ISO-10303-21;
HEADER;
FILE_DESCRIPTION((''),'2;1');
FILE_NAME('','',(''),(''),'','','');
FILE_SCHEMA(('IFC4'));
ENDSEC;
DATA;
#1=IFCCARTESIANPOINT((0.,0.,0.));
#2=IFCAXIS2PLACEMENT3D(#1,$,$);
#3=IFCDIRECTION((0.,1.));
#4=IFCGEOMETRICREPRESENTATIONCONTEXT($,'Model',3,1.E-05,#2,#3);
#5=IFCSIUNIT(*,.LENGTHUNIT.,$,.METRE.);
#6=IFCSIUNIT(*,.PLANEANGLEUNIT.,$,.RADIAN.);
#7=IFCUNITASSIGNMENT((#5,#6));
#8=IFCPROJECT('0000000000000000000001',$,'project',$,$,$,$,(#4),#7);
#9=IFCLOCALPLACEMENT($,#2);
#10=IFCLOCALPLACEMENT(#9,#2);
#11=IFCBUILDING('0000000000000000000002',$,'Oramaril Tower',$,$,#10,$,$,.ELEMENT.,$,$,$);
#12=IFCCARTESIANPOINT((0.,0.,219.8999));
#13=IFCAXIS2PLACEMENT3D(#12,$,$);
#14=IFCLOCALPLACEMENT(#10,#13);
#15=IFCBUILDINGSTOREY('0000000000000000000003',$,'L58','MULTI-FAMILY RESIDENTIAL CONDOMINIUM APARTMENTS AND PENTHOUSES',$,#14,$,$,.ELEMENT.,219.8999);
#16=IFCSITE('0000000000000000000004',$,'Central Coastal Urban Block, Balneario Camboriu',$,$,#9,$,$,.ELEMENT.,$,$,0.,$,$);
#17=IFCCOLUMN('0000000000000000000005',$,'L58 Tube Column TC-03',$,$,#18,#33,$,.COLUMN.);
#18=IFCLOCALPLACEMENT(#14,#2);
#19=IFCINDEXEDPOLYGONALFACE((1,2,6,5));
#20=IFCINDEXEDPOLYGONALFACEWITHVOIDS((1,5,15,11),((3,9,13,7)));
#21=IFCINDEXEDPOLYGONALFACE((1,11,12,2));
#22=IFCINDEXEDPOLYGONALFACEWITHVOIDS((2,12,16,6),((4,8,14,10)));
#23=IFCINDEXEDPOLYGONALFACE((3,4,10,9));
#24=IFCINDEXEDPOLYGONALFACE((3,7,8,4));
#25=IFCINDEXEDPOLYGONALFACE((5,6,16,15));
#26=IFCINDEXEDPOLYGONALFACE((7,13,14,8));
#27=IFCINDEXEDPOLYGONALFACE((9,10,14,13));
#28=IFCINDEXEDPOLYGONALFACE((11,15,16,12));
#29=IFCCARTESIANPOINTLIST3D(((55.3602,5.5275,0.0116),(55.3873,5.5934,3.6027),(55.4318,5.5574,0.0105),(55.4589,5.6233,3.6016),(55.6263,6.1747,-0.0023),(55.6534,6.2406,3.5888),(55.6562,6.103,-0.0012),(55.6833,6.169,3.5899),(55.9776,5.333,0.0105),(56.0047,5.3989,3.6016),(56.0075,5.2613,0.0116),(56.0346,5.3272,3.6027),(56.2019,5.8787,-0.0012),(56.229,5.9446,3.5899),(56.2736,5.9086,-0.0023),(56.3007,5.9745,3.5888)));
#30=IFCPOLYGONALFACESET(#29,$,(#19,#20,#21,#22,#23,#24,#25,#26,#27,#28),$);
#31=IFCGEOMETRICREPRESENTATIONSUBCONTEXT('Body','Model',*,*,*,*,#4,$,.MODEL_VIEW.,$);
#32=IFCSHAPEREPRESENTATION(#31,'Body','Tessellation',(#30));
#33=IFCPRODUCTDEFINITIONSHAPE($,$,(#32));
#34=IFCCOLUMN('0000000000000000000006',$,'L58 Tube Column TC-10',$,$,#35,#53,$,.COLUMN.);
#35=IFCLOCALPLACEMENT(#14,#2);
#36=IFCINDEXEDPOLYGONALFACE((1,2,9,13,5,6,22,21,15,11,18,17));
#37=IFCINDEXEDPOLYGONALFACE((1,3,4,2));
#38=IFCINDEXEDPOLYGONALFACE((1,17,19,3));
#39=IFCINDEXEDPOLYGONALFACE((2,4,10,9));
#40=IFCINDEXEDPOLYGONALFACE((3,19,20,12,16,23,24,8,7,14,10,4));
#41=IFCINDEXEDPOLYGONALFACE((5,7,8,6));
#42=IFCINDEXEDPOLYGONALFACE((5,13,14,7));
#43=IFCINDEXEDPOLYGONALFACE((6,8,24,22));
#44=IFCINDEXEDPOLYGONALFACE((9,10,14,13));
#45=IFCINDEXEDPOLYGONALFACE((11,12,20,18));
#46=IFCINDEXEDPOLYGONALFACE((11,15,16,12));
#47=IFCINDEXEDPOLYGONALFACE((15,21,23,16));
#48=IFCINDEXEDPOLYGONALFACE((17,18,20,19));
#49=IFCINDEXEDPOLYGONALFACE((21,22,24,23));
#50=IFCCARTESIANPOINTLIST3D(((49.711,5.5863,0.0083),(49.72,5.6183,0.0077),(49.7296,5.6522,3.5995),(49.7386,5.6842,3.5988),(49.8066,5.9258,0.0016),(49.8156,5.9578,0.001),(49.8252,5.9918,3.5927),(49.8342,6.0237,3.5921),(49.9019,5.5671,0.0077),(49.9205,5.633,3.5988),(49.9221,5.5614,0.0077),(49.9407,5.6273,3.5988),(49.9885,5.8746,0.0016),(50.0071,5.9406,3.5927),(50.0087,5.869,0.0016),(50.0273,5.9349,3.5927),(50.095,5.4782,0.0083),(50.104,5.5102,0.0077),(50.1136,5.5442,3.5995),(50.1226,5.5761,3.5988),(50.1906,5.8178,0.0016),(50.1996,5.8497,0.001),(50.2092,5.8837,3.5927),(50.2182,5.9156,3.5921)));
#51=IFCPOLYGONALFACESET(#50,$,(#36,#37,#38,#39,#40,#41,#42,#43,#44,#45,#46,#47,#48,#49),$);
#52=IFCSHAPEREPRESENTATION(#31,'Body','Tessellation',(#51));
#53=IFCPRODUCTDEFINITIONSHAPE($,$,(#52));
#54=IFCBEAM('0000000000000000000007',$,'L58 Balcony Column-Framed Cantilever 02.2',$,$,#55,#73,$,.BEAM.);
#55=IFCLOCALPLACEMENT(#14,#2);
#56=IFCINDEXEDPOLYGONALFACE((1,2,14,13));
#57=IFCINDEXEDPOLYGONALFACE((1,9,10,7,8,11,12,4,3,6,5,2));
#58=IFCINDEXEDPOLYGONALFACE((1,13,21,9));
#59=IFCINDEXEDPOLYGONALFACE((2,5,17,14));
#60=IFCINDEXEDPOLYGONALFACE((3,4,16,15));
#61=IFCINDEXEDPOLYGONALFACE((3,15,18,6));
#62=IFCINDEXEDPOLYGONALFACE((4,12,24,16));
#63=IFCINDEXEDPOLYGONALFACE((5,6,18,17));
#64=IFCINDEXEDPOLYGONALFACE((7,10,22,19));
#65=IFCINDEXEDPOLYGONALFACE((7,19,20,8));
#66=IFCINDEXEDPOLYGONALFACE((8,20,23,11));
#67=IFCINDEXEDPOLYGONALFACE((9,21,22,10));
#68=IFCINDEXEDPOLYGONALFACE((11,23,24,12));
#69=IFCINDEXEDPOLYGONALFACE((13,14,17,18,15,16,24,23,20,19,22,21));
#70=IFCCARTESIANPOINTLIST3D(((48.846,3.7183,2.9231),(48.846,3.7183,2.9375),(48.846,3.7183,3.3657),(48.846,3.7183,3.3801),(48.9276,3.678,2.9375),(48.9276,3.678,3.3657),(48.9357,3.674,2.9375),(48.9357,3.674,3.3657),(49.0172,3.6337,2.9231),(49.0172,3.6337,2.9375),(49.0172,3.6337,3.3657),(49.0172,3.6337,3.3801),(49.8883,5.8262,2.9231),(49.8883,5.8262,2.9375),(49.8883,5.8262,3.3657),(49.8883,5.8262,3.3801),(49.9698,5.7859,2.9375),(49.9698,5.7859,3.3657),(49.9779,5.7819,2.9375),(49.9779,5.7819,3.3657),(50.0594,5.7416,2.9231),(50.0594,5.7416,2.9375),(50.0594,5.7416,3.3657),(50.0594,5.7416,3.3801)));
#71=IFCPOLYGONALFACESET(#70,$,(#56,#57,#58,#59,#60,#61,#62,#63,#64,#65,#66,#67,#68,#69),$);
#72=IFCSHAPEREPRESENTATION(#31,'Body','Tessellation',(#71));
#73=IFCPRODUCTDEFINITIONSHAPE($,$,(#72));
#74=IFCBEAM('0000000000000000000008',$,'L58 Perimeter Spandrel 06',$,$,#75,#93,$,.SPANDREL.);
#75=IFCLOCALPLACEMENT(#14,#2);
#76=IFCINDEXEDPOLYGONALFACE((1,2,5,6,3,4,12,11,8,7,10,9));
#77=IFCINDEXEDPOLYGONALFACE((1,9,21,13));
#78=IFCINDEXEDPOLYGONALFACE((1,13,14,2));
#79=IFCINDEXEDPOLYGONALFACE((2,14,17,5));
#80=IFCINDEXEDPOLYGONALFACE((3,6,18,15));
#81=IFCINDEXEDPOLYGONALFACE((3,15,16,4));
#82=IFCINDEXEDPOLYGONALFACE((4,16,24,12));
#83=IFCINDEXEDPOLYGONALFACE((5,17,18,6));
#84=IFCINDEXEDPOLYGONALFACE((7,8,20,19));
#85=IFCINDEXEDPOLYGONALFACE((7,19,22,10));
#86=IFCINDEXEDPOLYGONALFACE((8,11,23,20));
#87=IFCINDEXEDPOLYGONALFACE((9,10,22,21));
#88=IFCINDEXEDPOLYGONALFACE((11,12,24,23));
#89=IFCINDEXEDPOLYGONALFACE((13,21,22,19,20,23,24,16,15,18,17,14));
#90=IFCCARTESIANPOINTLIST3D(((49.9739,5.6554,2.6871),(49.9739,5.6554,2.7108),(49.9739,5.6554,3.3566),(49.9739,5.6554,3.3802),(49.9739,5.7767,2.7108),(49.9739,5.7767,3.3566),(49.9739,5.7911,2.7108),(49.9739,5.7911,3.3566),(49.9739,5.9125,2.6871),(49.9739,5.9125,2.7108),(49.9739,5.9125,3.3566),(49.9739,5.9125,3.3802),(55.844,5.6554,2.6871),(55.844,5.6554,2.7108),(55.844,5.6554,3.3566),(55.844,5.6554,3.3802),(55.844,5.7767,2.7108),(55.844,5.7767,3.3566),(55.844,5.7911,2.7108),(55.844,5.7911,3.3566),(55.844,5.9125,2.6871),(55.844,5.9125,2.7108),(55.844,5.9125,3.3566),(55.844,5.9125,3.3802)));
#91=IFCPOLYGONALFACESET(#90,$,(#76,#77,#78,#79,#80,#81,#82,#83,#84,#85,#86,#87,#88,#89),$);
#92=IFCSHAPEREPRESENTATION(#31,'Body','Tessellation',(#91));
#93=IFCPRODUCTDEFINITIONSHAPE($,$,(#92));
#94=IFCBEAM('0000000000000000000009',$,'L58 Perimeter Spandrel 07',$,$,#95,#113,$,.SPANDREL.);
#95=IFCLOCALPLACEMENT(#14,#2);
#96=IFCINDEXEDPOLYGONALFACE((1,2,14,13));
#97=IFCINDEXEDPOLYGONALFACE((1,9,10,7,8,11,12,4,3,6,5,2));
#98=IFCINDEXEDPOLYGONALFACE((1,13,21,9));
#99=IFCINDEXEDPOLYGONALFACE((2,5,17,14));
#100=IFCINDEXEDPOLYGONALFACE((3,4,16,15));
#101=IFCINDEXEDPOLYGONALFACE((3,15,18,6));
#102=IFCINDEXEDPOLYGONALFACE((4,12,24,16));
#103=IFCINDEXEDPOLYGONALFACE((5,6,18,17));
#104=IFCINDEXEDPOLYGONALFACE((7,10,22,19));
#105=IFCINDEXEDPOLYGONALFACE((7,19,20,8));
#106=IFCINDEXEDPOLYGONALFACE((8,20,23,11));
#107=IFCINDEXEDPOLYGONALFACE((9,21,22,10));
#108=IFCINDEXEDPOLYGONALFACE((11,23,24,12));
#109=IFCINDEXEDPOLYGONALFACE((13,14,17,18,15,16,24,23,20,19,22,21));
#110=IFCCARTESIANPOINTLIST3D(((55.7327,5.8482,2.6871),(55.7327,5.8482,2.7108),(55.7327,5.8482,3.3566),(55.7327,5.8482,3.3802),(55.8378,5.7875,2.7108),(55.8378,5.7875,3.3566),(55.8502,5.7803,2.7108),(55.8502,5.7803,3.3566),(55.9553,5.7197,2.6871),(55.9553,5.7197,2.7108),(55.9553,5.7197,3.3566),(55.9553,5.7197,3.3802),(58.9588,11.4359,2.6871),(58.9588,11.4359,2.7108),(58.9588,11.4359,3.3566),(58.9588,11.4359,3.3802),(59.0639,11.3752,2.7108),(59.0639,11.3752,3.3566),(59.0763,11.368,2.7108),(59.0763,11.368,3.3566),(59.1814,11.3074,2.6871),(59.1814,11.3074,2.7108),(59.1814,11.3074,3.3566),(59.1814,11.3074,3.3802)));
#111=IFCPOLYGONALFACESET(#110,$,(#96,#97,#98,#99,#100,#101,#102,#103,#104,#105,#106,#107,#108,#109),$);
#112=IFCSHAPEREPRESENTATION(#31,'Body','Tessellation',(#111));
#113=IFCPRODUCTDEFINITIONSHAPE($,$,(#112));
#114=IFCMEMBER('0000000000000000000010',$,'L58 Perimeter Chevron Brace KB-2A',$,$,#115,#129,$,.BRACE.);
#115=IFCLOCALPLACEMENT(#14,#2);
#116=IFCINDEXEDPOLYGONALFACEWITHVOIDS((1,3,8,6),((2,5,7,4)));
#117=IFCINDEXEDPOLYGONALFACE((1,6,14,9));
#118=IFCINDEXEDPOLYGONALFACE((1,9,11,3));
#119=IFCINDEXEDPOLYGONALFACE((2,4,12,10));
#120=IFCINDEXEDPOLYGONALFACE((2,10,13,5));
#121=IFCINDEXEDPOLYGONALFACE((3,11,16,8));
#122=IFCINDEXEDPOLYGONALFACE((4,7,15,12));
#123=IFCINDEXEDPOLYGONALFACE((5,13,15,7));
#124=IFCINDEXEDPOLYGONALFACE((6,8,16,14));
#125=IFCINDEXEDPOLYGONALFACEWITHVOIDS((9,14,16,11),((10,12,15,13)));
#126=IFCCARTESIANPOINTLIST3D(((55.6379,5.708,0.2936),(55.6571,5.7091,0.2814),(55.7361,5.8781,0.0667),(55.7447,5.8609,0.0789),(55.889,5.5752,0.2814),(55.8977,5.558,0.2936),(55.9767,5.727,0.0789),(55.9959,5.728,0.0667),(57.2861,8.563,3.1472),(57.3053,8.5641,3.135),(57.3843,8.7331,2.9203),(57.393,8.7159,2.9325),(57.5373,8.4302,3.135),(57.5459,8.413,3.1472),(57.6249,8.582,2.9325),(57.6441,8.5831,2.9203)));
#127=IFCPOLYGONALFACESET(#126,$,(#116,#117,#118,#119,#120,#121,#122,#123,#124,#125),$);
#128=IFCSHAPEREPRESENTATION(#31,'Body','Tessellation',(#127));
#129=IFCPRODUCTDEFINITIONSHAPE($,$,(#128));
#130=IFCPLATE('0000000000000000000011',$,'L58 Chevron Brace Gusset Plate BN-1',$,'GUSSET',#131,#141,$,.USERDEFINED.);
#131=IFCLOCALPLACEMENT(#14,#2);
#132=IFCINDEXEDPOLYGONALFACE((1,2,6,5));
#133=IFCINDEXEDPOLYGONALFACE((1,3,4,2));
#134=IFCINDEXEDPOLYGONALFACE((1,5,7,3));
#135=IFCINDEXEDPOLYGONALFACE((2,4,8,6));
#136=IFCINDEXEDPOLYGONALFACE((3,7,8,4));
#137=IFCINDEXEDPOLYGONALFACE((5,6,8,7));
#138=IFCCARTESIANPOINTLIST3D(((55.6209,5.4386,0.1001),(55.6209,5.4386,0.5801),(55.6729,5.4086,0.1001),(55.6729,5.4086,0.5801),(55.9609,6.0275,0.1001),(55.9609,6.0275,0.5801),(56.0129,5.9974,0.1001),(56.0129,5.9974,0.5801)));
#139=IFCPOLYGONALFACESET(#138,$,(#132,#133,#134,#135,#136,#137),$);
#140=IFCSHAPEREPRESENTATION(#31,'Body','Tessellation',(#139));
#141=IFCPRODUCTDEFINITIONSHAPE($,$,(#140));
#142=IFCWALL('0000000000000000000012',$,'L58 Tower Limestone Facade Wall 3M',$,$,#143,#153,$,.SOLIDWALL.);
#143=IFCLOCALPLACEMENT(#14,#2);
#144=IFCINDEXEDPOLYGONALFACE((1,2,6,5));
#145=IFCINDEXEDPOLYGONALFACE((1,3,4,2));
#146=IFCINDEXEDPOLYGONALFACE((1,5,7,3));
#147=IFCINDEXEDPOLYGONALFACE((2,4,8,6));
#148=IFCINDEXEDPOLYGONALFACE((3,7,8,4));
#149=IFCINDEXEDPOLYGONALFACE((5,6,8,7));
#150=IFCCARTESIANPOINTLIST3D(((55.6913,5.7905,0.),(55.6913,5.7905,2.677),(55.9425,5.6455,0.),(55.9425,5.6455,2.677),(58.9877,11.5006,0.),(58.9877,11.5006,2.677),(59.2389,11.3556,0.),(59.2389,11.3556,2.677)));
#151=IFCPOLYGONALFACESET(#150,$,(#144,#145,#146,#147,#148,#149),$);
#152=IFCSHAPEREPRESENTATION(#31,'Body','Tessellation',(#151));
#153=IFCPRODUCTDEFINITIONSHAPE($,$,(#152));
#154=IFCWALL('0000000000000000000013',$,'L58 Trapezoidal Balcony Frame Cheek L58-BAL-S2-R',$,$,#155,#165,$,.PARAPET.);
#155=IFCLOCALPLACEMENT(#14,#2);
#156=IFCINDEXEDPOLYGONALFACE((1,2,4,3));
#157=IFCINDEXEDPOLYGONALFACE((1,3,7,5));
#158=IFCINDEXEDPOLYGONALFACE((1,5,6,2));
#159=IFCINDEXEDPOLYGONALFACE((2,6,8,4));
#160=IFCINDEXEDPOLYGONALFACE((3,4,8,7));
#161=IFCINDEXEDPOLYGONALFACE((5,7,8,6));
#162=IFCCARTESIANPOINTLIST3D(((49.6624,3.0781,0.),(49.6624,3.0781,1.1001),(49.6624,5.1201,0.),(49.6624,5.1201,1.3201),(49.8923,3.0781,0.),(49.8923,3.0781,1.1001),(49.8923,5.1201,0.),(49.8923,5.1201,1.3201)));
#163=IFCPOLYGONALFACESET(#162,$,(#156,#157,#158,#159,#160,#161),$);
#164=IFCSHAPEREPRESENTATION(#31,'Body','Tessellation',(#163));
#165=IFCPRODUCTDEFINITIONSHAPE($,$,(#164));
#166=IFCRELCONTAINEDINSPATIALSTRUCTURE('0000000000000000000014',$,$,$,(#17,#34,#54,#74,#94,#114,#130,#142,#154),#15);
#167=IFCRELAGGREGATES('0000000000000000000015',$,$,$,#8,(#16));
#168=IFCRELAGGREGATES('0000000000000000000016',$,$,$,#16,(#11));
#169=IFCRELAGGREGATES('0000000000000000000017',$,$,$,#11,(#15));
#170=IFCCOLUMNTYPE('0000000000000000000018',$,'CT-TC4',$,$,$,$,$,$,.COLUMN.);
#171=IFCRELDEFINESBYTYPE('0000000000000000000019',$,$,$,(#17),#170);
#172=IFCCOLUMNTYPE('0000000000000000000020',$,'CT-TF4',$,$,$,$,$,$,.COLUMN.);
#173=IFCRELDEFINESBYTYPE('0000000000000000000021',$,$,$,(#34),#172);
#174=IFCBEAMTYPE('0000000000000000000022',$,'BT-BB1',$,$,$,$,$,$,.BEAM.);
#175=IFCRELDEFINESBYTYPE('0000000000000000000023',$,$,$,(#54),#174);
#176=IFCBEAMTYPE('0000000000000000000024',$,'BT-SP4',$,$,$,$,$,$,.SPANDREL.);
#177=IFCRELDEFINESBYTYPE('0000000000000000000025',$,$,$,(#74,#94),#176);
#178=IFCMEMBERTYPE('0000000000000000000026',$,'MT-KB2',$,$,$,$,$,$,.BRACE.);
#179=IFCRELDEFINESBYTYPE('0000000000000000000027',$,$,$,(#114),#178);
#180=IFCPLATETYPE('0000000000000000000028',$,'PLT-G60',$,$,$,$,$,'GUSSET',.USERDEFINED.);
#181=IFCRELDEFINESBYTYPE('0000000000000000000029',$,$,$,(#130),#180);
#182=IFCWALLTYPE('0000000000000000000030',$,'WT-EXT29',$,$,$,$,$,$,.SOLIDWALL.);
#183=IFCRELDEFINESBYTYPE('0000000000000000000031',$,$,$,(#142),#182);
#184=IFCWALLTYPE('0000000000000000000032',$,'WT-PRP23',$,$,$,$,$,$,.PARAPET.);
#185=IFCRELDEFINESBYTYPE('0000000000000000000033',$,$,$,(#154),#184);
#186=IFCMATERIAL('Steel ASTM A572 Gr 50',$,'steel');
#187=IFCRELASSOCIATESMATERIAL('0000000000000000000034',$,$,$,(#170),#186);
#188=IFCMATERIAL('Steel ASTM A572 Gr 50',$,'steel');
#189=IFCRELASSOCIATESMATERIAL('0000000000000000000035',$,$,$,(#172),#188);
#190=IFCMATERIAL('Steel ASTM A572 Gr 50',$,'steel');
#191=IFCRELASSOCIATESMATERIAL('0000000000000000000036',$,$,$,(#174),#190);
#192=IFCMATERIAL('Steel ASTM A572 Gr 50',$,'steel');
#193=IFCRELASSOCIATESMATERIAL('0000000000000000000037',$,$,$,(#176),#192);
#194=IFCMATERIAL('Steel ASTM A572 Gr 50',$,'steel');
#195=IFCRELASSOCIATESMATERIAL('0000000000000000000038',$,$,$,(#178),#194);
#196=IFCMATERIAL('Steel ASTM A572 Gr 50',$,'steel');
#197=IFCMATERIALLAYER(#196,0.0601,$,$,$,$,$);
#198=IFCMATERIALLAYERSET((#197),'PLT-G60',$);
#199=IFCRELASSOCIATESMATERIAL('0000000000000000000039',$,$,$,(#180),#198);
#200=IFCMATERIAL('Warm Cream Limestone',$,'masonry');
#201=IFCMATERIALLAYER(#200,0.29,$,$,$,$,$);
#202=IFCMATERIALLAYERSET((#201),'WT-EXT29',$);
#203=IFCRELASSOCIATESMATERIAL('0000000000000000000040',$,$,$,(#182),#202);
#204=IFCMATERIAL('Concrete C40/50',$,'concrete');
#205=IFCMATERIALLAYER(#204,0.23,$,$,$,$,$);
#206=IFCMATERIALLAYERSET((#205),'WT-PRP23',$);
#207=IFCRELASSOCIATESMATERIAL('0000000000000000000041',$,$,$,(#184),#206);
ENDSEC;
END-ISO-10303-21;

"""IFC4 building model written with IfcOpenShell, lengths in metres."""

from ifc_helpers import new_model, si_unit, direction, frame, frame_2d, origin, origin_2d, place, context, subcontext, project, spatial, polyline, rectangle, hollow_rectangle, i_section, outline, extrude, material, layer, layer_set, material_profile, profile_set, type_object, element, save


model = new_model("IFC4")

# Units and contexts
model_context = context("Model", 3, precision=1e-05, world=origin(), true_north=direction((0.0, 1.0)))
body_context = subcontext(model_context, "Body", "Model", "MODEL_VIEW")
ifc_project = project(units=[si_unit("LENGTHUNIT", "METRE"), si_unit("PLANEANGLEUNIT", "RADIAN")], contexts=[model_context])

# Site, building, storey
site_placement = place(None, origin())
site = spatial("IfcSite", under=ifc_project, at=site_placement, Name="Central Coastal Urban Block, Balneario Camboriu", CompositionType="ELEMENT", RefElevation=0.0)
building_placement = place(site_placement, origin())
building = spatial("IfcBuilding", under=site, at=building_placement, Name="Oramaril Tower", CompositionType="ELEMENT")
storey_placement = place(building_placement, frame((0.0, 0.0, 219.8999)))
storey = spatial("IfcBuildingStorey", under=building, at=storey_placement, Name="L58", Description="MULTI-FAMILY RESIDENTIAL CONDOMINIUM APARTMENTS AND PENTHOUSES", CompositionType="ELEMENT", Elevation=219.8999)

# Columns
ifc_material_1 = material(Name="Steel ASTM A572 Gr 50", Category="steel")
ifc_material_profile_1 = material_profile(ifc_material_1, hollow_rectangle(XDim=0.7, YDim=0.7, WallThickness=0.0549, at=origin_2d()), Name="BOX700X700X55")
ifc_profile_set_1 = profile_set([ifc_material_profile_1], Name="Steel ASTM A572 Gr 50")
column_type_1 = type_object("IfcColumnType", Name="CT-TC4", PredefinedType="COLUMN", material=ifc_profile_set_1)
column_1_placement = place(storey_placement, frame((55.8169, 5.718, 0.0046), z_axis=(0.007545, 0.018352, 0.999803), x_axis=(-0.924891, 0.380233, 0.0)))
element("IfcColumn", 1, at=column_1_placement, inside=storey, type_object=column_type_1, Name="L58 Tube Column TC-03", PredefinedType="COLUMN", context=body_context, shape_type="SweptSolid", body=[
    extrude(hollow_rectangle(XDim=0.7, YDim=0.7, WallThickness=0.0549, at=origin_2d()), origin(), (0.0, 0.0, 1.0), 3.5918),
])
ifc_material_2 = material(Name="Steel ASTM A572 Gr 50", Category="steel")
ifc_material_profile_2 = material_profile(ifc_material_2, i_section(OverallWidth=0.3989, OverallDepth=0.386, WebThickness=0.021, FlangeThickness=0.0332, at=origin_2d()), Name="W14X176")
ifc_profile_set_2 = profile_set([ifc_material_profile_2], Name="Steel ASTM A572 Gr 50")
column_type_2 = type_object("IfcColumnType", Name="CT-TF4", PredefinedType="COLUMN", material=ifc_profile_set_2)
column_2_placement = place(storey_placement, frame((49.9553, 5.718, 0.0046), z_axis=(0.005166, 0.018353, 0.999818), x_axis=(-0.962593, 0.270952, 0.0)))
element("IfcColumn", 2, at=column_2_placement, inside=storey, type_object=column_type_2, Name="L58 Tube Column TC-10", PredefinedType="COLUMN", context=body_context, shape_type="SweptSolid", body=[
    extrude(i_section(OverallWidth=0.3989, OverallDepth=0.386, WebThickness=0.021, FlangeThickness=0.0332, at=origin_2d()), origin(), (0.0, 0.0, 1.0), 3.5918),
])

# Beams
ifc_material_3 = material(Name="Steel ASTM A572 Gr 50", Category="steel")
ifc_material_profile_3 = material_profile(ifc_material_3, i_section(OverallWidth=0.1909, OverallDepth=0.457, WebThickness=0.009, FlangeThickness=0.0144, at=origin_2d()), Name="W18X50")
ifc_profile_set_3 = profile_set([ifc_material_profile_3], Name="Steel ASTM A572 Gr 50")
beam_type_1 = type_object("IfcBeamType", Name="BT-BB1", PredefinedType="BEAM", material=ifc_profile_set_3)
beam_1_placement = place(storey_placement, frame((49.9739, 5.7839, 3.1516), z_axis=(-0.443222, -0.896412, 0.0), x_axis=(0.896412, -0.443222, 0.0)))
element("IfcBeam", 3, at=beam_1_placement, inside=storey, type_object=beam_type_1, Name="L58 Balcony Column-Framed Cantilever 02.2", PredefinedType="BEAM", context=body_context, shape_type="SweptSolid", body=[
    extrude(i_section(OverallWidth=0.1909, OverallDepth=0.457, WebThickness=0.009, FlangeThickness=0.0144, at=origin_2d()), origin(), (0.0, 0.0, 1.0), 2.3516),
])
ifc_material_4 = material(Name="Steel ASTM A572 Gr 50", Category="steel")
ifc_material_profile_4 = material_profile(ifc_material_4, i_section(OverallWidth=0.2571, OverallDepth=0.6931, WebThickness=0.0144, FlangeThickness=0.0237, at=origin_2d()), Name="W27X114")
ifc_profile_set_4 = profile_set([ifc_material_profile_4], Name="Steel ASTM A572 Gr 50")
beam_type_2 = type_object("IfcBeamType", Name="BT-SP4", PredefinedType="SPANDREL", material=ifc_profile_set_4)
beam_2_placement = place(storey_placement, frame((49.9739, 5.7839, 3.0337), z_axis=(1.0, 0.0, 0.0), x_axis=(0.0, 1.0, 0.0)))
element("IfcBeam", 4, at=beam_2_placement, inside=storey, type_object=beam_type_2, Name="L58 Perimeter Spandrel 06", PredefinedType="SPANDREL", context=body_context, shape_type="SweptSolid", body=[
    extrude(i_section(OverallWidth=0.2571, OverallDepth=0.6931, WebThickness=0.0144, FlangeThickness=0.0237, at=origin_2d()), origin(), (0.0, 0.0, 1.0), 5.8701),
])
beam_3_placement = place(storey_placement, frame((55.844, 5.7839, 3.0337), z_axis=(0.500005, 0.866022, 0.0), x_axis=(-0.866022, 0.500005, 0.0)))
element("IfcBeam", 5, at=beam_3_placement, inside=storey, type_object=beam_type_2, Name="L58 Perimeter Spandrel 07", PredefinedType="SPANDREL", context=body_context, shape_type="SweptSolid", body=[
    extrude(i_section(OverallWidth=0.2571, OverallDepth=0.6931, WebThickness=0.0144, FlangeThickness=0.0237, at=origin_2d()), origin(), (0.0, 0.0, 1.0), 6.4521),
])

# Member
ifc_material_5 = material(Name="Steel ASTM A572 Gr 50", Category="steel")
ifc_material_profile_5 = material_profile(ifc_material_5, hollow_rectangle(XDim=0.3, YDim=0.3, WallThickness=0.0161, at=origin_2d()), Name="HSS300X300X16")
ifc_profile_set_5 = profile_set([ifc_material_profile_5], Name="Steel ASTM A572 Gr 50")
member_type = type_object("IfcMemberType", Name="MT-KB2", PredefinedType="BRACE", material=ifc_profile_set_5)
member_placement = place(storey_placement, frame((55.8169, 5.718, 0.1802), z_axis=(0.378022, 0.654805, 0.654469), x_axis=(-0.866043, 0.49997, 0.0)))
element("IfcMember", 6, at=member_placement, inside=storey, type_object=member_type, Name="L58 Perimeter Chevron Brace KB-2A", PredefinedType="BRACE", context=body_context, shape_type="SweptSolid", body=[
    extrude(hollow_rectangle(XDim=0.3, YDim=0.3, WallThickness=0.0161, at=origin_2d()), origin(), (0.0, 0.0, 1.0), 4.3601),
])

# Plate
ifc_material_6 = material(Name="Steel ASTM A572 Gr 50", Category="steel")
ifc_layer_1 = layer(ifc_material_6, 0.0601)
ifc_layer_set_1 = layer_set([ifc_layer_1], Name="PLT-G60")
plate_type = type_object("IfcPlateType", Name="PLT-G60", ElementType="GUSSET", PredefinedType="USERDEFINED", material=ifc_layer_set_1)
plate_placement = place(storey_placement, frame((55.8169, 5.718, 0.1001), z_axis=(0.0, 0.0, 1.0), x_axis=(0.499992, 0.86603, 0.0)))
element("IfcPlate", 7, at=plate_placement, inside=storey, type_object=plate_type, Name="L58 Chevron Brace Gusset Plate BN-1", ObjectType="GUSSET", PredefinedType="USERDEFINED", context=body_context, shape_type="SweptSolid", body=[
    extrude(rectangle(XDim=0.6799, YDim=0.0601, at=origin_2d()), origin(), (0.0, 0.0, 1.0), 0.48),
])

# Walls
ifc_material_7 = material(Name="Warm Cream Limestone", Category="masonry")
ifc_layer_2 = layer(ifc_material_7, 0.29)
ifc_layer_set_2 = layer_set([ifc_layer_2], Name="WT-EXT29")
wall_type_1 = type_object("IfcWallType", Name="WT-EXT29", PredefinedType="SOLIDWALL", material=ifc_layer_set_2)
wall_1_placement = place(storey_placement, frame((55.8169, 5.718, 0.0), z_axis=(0.0, 0.0, 1.0), x_axis=(0.49997, 0.866043, 0.0)))
element("IfcWall", 8, at=wall_1_placement, inside=storey, type_object=wall_type_1, Name="L58 Tower Limestone Facade Wall 3M", PredefinedType="SOLIDWALL", context=body_context, shape_type="SweptSolid", body=[
    extrude(rectangle(XDim=6.5933, YDim=0.29, at=frame_2d((3.2966, 0.0))), origin(), (0.0, 0.0, 1.0), 2.677),
])
ifc_material_8 = material(Name="Concrete C40/50", Category="concrete")
ifc_layer_3 = layer(ifc_material_8, 0.23)
ifc_layer_set_3 = layer_set([ifc_layer_3], Name="WT-PRP23")
wall_type_2 = type_object("IfcWallType", Name="WT-PRP23", PredefinedType="PARAPET", material=ifc_layer_set_3)
wall_2_placement = place(storey_placement, frame((49.7773, 5.1201, 0.0), z_axis=(0.0, 0.0, 1.0), x_axis=(0.0, -1.0, 0.0)))
element("IfcWall", 9, at=wall_2_placement, inside=storey, type_object=wall_type_2, Name="L58 Trapezoidal Balcony Frame Cheek L58-BAL-S2-R", PredefinedType="PARAPET", context=body_context, shape_type="SweptSolid", body=[
    extrude(outline(polyline([(0.0, 0.0), (2.042, 0.0), (2.042, 1.1001), (0.0, 1.3201), (0.0, 0.0)])), frame((0.0, 0.115, 0.0), z_axis=(0.0, -1.0, 0.0), x_axis=(1.0, 0.0, 0.0)), (0.0, 0.0, 1.0), 0.23),
])

save(model, "model.ifc")
